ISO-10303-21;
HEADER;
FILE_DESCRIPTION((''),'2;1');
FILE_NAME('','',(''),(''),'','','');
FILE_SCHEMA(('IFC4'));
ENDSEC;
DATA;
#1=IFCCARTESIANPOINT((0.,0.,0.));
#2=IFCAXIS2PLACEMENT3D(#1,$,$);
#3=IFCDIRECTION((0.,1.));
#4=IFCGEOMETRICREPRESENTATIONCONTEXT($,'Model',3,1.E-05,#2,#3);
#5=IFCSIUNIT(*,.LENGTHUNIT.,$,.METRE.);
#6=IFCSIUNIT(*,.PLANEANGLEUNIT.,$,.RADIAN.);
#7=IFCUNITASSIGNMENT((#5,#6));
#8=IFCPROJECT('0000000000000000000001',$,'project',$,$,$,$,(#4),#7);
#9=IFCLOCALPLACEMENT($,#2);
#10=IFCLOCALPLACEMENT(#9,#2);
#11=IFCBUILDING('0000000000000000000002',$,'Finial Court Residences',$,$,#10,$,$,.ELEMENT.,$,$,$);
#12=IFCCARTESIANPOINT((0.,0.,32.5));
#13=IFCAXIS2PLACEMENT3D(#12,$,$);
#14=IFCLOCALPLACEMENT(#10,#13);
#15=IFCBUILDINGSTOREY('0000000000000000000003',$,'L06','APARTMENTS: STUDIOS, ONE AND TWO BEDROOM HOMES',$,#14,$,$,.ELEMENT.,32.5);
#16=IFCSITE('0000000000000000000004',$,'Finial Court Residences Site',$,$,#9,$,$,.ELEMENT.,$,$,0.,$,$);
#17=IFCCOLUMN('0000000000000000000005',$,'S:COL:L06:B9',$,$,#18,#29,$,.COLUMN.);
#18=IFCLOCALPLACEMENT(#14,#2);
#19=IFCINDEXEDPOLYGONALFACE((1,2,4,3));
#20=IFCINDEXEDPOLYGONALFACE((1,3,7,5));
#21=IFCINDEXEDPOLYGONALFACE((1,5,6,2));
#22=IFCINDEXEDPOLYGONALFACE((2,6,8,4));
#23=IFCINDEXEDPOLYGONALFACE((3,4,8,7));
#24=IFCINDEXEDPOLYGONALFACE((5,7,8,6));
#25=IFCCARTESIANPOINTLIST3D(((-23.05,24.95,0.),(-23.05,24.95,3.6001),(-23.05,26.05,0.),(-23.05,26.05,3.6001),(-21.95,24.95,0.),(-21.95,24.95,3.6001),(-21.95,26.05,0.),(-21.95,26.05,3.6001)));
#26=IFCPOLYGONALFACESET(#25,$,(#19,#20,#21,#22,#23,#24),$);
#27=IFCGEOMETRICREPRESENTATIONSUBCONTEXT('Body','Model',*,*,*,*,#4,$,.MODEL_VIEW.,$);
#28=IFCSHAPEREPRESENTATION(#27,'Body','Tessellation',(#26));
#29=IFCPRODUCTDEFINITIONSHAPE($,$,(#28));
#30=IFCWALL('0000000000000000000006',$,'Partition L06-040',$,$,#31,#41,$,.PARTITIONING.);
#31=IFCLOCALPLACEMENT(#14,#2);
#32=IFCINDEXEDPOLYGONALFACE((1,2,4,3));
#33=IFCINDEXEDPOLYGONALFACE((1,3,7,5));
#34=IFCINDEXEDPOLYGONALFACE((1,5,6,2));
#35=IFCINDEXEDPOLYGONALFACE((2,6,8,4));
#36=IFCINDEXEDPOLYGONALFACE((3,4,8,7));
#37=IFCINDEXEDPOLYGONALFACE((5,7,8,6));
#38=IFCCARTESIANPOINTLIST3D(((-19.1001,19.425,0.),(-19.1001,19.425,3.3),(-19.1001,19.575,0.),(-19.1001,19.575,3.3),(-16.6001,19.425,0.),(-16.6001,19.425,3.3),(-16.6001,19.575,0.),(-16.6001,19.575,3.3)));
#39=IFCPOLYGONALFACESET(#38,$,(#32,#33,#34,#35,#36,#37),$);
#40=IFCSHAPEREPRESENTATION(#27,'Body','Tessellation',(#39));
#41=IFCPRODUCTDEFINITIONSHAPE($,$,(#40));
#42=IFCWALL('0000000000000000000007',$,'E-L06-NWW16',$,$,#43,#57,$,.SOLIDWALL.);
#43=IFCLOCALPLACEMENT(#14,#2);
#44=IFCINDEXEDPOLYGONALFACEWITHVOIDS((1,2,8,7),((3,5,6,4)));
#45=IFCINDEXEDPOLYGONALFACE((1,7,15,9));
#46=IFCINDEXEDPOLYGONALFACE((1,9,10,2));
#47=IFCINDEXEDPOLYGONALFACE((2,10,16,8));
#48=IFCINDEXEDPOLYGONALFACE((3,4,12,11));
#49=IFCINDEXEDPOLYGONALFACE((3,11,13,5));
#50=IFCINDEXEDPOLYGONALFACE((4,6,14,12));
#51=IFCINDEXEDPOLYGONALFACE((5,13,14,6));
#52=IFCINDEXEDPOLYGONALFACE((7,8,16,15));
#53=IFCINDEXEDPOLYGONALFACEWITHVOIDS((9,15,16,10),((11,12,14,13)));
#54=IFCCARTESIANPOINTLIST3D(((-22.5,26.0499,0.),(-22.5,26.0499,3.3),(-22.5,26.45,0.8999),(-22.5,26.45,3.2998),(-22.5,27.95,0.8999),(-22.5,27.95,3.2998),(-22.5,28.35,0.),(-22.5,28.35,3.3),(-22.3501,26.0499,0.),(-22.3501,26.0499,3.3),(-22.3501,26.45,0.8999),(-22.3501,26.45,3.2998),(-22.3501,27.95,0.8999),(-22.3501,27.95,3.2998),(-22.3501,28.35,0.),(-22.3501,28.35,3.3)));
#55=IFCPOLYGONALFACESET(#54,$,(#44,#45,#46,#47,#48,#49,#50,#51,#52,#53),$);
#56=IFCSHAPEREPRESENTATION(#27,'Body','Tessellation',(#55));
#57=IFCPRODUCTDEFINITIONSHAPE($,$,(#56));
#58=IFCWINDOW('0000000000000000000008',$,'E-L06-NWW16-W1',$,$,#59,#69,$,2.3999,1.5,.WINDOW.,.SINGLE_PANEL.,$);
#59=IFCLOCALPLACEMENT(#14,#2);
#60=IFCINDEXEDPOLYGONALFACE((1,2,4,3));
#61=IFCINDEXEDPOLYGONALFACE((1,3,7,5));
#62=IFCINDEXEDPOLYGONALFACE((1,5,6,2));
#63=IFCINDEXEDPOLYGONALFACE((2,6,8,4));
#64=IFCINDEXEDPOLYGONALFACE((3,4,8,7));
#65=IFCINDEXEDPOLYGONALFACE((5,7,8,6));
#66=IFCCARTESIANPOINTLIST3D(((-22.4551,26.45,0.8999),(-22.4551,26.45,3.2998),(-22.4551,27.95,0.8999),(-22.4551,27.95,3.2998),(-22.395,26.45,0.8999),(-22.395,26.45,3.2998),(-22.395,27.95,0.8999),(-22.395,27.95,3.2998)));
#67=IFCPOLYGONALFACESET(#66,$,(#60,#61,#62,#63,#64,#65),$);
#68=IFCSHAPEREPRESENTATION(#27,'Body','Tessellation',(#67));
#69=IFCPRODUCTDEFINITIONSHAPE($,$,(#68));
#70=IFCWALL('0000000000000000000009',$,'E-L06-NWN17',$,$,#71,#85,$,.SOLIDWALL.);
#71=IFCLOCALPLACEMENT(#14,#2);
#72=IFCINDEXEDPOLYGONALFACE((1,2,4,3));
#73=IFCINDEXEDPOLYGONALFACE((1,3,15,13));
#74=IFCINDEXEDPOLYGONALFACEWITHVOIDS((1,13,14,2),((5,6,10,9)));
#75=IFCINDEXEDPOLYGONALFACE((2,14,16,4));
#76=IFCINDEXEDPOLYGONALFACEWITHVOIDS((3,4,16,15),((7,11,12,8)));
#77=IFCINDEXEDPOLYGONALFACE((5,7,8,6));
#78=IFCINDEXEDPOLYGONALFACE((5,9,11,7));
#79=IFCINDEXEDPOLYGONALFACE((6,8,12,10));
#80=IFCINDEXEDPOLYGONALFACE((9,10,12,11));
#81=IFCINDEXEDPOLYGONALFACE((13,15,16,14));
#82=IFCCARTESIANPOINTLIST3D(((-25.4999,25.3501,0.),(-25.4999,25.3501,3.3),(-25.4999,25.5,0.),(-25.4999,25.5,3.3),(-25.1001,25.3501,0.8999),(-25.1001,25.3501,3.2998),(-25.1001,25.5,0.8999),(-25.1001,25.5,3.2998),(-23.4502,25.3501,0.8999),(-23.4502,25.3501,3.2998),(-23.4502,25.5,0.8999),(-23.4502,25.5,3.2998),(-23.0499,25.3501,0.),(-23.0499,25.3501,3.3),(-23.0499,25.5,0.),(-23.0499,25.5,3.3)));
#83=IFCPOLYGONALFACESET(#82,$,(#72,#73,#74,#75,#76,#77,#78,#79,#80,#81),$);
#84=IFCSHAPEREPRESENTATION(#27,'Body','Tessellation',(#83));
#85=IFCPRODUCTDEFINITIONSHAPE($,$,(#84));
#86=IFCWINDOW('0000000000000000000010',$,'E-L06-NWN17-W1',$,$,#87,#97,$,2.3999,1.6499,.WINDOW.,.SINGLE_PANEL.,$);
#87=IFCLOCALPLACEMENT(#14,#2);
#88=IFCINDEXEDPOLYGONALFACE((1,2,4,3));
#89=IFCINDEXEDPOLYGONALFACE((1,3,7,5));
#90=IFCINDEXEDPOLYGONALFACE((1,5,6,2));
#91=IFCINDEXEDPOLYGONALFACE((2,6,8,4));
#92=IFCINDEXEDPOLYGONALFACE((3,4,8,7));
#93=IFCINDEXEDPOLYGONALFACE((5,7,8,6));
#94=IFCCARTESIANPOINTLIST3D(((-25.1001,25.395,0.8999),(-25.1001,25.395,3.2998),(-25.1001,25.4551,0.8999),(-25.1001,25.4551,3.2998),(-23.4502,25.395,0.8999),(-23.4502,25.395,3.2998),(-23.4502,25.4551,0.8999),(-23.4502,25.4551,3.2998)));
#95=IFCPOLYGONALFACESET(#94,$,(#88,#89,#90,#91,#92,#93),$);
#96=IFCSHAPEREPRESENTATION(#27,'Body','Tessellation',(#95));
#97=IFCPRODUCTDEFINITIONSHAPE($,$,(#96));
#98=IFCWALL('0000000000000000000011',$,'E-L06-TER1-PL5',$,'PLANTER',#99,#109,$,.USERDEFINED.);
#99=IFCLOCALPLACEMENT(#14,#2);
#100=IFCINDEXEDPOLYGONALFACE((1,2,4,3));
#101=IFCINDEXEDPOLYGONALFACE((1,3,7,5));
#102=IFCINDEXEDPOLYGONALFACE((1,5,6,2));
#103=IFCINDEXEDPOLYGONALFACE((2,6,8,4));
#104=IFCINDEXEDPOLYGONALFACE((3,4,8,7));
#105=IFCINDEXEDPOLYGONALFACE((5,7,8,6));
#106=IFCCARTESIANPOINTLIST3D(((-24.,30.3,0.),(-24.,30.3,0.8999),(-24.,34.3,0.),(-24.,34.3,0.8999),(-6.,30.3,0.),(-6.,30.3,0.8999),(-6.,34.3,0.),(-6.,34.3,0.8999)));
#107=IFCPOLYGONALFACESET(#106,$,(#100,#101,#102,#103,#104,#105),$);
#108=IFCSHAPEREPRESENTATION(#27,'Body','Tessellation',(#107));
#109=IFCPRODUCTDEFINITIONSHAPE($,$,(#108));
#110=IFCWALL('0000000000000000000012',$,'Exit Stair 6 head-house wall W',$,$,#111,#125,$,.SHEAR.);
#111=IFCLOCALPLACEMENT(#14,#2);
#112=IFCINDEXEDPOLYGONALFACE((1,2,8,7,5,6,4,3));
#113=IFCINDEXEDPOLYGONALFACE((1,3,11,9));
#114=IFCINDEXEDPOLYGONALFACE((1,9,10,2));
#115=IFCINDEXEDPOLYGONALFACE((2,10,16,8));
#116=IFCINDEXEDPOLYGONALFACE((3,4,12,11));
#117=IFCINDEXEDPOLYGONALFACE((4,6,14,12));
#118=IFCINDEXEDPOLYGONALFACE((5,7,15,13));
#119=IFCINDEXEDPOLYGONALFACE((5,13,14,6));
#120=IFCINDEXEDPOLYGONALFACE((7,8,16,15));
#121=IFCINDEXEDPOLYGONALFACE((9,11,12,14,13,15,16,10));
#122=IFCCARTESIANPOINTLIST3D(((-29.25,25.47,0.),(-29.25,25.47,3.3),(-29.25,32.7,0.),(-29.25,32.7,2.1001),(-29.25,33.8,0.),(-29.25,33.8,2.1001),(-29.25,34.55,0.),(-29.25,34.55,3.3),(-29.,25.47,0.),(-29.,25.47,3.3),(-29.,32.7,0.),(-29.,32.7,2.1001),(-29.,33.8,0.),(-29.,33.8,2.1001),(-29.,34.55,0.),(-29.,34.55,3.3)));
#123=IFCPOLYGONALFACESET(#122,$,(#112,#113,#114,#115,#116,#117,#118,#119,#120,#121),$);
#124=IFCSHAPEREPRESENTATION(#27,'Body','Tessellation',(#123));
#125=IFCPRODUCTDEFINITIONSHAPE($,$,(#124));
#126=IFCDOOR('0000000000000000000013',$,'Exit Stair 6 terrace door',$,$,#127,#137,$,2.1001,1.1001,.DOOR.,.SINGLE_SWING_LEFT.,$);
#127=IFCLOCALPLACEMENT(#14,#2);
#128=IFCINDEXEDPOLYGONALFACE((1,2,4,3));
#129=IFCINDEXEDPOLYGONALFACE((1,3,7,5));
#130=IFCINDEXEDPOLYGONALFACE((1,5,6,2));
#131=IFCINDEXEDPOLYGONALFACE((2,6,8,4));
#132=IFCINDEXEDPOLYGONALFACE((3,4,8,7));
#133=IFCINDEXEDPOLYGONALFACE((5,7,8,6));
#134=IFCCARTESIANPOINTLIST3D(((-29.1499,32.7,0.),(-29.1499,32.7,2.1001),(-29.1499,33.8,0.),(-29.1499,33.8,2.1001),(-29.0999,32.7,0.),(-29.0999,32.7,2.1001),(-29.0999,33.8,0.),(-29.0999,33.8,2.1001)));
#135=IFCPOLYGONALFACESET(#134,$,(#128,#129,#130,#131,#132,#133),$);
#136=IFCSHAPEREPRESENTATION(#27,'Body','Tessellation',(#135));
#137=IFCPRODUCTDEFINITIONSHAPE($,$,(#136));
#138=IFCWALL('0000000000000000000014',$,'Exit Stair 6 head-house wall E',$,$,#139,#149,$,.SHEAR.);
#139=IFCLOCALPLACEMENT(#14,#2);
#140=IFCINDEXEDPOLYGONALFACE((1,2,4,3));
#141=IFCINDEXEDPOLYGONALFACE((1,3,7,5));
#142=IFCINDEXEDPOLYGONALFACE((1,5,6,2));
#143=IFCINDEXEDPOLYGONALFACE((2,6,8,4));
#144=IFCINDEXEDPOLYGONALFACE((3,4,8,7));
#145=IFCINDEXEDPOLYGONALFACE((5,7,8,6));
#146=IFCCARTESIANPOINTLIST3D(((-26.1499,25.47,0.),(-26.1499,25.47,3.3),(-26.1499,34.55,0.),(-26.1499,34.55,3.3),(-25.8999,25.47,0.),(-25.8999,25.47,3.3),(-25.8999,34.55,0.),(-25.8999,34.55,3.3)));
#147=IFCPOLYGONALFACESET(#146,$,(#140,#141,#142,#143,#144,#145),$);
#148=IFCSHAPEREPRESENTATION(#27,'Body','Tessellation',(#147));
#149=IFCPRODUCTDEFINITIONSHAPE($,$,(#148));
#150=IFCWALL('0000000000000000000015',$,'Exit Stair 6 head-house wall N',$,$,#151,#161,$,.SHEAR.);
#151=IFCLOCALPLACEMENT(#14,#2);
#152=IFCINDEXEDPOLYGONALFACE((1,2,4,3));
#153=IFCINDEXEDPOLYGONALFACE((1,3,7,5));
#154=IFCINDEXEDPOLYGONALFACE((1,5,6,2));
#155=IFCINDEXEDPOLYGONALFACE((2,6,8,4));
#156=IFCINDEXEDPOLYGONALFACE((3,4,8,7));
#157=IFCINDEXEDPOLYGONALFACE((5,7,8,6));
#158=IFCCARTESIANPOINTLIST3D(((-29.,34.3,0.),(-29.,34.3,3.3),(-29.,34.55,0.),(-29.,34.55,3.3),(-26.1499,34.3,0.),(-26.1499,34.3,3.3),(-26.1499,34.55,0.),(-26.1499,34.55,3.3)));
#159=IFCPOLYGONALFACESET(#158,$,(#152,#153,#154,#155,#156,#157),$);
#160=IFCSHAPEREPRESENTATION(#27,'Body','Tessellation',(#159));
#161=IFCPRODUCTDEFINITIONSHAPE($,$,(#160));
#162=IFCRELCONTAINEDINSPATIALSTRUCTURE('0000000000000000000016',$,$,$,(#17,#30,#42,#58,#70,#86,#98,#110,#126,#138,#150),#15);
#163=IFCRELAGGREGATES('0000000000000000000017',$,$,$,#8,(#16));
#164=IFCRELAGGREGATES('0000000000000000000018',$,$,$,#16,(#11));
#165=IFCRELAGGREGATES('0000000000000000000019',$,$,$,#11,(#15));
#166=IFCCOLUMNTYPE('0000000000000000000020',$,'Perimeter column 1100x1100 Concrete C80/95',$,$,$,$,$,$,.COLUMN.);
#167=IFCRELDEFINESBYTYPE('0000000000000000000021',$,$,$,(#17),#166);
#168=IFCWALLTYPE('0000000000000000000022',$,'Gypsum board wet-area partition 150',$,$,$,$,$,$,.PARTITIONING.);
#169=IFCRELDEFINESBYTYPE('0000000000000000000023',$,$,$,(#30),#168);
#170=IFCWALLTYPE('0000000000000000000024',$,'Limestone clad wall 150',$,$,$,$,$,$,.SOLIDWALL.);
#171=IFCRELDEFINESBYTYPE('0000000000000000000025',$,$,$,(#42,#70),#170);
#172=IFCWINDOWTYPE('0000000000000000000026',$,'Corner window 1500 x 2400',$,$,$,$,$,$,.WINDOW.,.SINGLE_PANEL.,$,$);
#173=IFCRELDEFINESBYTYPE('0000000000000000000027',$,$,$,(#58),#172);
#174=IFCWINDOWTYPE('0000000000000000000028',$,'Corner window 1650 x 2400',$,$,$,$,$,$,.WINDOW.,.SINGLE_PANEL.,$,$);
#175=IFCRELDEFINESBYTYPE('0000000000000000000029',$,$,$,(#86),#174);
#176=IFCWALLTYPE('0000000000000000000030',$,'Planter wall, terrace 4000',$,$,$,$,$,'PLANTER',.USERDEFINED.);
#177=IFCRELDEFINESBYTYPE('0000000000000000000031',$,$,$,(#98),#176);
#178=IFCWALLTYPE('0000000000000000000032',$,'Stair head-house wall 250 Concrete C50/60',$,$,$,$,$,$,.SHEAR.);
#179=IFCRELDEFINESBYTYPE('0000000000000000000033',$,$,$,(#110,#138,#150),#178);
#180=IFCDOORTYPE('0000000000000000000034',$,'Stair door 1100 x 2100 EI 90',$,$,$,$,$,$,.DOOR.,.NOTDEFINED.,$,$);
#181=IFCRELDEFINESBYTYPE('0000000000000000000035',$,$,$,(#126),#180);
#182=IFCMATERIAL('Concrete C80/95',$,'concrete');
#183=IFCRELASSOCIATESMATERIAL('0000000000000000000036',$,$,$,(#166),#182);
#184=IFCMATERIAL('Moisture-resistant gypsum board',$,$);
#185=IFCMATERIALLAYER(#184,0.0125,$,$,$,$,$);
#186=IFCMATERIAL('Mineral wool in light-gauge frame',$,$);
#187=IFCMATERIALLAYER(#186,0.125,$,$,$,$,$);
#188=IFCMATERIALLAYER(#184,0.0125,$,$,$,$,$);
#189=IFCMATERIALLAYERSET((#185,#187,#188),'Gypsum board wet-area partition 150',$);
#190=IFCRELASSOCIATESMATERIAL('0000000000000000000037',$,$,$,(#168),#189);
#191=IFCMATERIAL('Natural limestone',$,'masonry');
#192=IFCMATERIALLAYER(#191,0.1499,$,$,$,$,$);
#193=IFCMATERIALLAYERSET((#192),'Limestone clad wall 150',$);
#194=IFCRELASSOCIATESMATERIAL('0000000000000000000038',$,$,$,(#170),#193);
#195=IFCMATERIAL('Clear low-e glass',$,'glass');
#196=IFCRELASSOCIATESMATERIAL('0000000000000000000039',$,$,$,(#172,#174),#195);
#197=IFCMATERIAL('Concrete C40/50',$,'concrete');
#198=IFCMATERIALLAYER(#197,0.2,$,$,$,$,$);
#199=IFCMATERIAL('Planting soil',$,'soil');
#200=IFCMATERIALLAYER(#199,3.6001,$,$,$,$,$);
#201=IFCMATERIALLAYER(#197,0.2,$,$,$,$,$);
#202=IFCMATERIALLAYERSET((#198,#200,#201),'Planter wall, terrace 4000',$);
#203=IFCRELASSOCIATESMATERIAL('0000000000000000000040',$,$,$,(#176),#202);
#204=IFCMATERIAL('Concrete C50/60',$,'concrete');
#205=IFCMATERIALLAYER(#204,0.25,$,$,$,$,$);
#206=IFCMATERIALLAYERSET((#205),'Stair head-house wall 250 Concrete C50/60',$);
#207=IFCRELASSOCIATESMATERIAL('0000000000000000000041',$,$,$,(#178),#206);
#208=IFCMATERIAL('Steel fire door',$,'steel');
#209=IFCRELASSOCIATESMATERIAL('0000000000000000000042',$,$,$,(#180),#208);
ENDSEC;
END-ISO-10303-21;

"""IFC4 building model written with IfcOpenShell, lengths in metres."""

from ifc_helpers import new_model, si_unit, direction, frame, frame_2d, origin, origin_2d, place, context, subcontext, project, spatial, rectangle, extrude, material, layer, layer_set, material_profile, profile_set, type_object, element, fill, save


model = new_model("IFC4")

# Units and contexts
model_context = context("Model", 3, precision=1e-05, world=origin(), true_north=direction((0.0, 1.0)))
body_context = subcontext(model_context, "Body", "Model", "MODEL_VIEW")
ifc_project = project(units=[si_unit("LENGTHUNIT", "METRE"), si_unit("PLANEANGLEUNIT", "RADIAN")], contexts=[model_context])

# Site, building, storey
site_placement = place(None, origin())
site = spatial("IfcSite", under=ifc_project, at=site_placement, Name="Finial Court Residences Site", CompositionType="ELEMENT", RefElevation=0.0)
building_placement = place(site_placement, origin())
building = spatial("IfcBuilding", under=site, at=building_placement, Name="Finial Court Residences", CompositionType="ELEMENT")
storey_placement = place(building_placement, frame((0.0, 0.0, 32.5)))
storey = spatial("IfcBuildingStorey", under=building, at=storey_placement, Name="L06", Description="APARTMENTS: STUDIOS, ONE AND TWO BEDROOM HOMES", CompositionType="ELEMENT", Elevation=32.5)

# Column
ifc_material_1 = material(Name="Concrete C80/95", Category="concrete")
ifc_material_profile = material_profile(ifc_material_1, rectangle(XDim=1.1001, YDim=1.1001, at=origin_2d()), Name="1100x1100")
ifc_profile_set = profile_set([ifc_material_profile], Name="Concrete C80/95")
column_type = type_object("IfcColumnType", Name="Perimeter column 1100x1100 Concrete C80/95", PredefinedType="COLUMN", material=ifc_profile_set)
column_placement = place(storey_placement, frame((-22.5, 25.5, 0.0), z_axis=(0.0, 0.0, 1.0), x_axis=(1.0, 0.0, 0.0)))
element("IfcColumn", 1, at=column_placement, inside=storey, type_object=column_type, Name="S:COL:L06:B9", PredefinedType="COLUMN", context=body_context, shape_type="SweptSolid", body=[
    extrude(rectangle(XDim=1.1001, YDim=1.1001, at=origin_2d()), origin(), (0.0, 0.0, 1.0), 3.6001),
])

# Wall
ifc_material_2 = material(Name="Moisture-resistant gypsum board")
ifc_layer_1 = layer(ifc_material_2, 0.0125)
ifc_material_3 = material(Name="Mineral wool in light-gauge frame")
ifc_layer_2 = layer(ifc_material_3, 0.125)
ifc_layer_3 = layer(ifc_material_2, 0.0125)
ifc_layer_set_1 = layer_set([ifc_layer_1, ifc_layer_2, ifc_layer_3], Name="Gypsum board wet-area partition 150")
wall_type_1 = type_object("IfcWallType", Name="Gypsum board wet-area partition 150", PredefinedType="PARTITIONING", material=ifc_layer_set_1)
wall_1_placement = place(storey_placement, frame((-19.1001, 19.5, 0.0), z_axis=(0.0, 0.0, 1.0), x_axis=(1.0, 0.0, 0.0)))
element("IfcWall", 2, at=wall_1_placement, inside=storey, type_object=wall_type_1, Name="Partition L06-040", PredefinedType="PARTITIONING", context=body_context, shape_type="SweptSolid", body=[
    extrude(rectangle(XDim=2.5, YDim=0.1499, at=frame_2d((1.25, 0.0))), origin(), (0.0, 0.0, 1.0), 3.3),
])

# Walls, openings, windows
ifc_material_4 = material(Name="Natural limestone", Category="masonry")
ifc_layer_4 = layer(ifc_material_4, 0.1499)
ifc_layer_set_2 = layer_set([ifc_layer_4], Name="Limestone clad wall 150")
wall_type_2 = type_object("IfcWallType", Name="Limestone clad wall 150", PredefinedType="SOLIDWALL", material=ifc_layer_set_2)
wall_2_placement = place(storey_placement, frame((-22.425, 26.05, 0.0), z_axis=(0.0, 0.0, 1.0), x_axis=(0.0, 1.0, 0.0)))
wall_2 = element("IfcWall", 3, at=wall_2_placement, inside=storey, type_object=wall_type_2, Name="E-L06-NWW16", PredefinedType="SOLIDWALL", context=body_context, shape_type="SweptSolid", body=[
    extrude(rectangle(XDim=2.3, YDim=0.1499, at=frame_2d((1.1499, 0.0))), origin(), (0.0, 0.0, 1.0), 3.3),
])
opening_1_placement = place(wall_2_placement, frame((0.3999, 0.0, 0.8999)))
opening_1 = element("IfcOpeningElement", 4, at=opening_1_placement, cuts=wall_2, PredefinedType="OPENING", context=body_context, shape_type="SweptSolid", body=[
    extrude(rectangle(XDim=1.5, YDim=2.3999, at=frame_2d((0.75, 1.2))), frame((0.0, 0.085, 0.0), z_axis=(0.0, -1.0, 0.0), x_axis=(1.0, 0.0, 0.0)), (0.0, 0.0, 1.0), 0.1699),
])
ifc_material_5 = material(Name="Clear low-e glass", Category="glass")
window_type_1 = type_object("IfcWindowType", Name="Corner window 1500 x 2400", PartitioningType="SINGLE_PANEL", PredefinedType="WINDOW", material=ifc_material_5)
window_1_placement = place(opening_1_placement, origin())
window_1 = element("IfcWindow", 5, at=window_1_placement, inside=storey, type_object=window_type_1, Name="E-L06-NWW16-W1", OverallHeight=2.3999, OverallWidth=1.5, PartitioningType="SINGLE_PANEL", PredefinedType="WINDOW", context=body_context, shape_type="SweptSolid", body=[
    extrude(rectangle(XDim=1.5, YDim=2.3999, at=frame_2d((0.75, 1.2))), frame((0.0, 0.03, 0.0), z_axis=(0.0, -1.0, 0.0), x_axis=(1.0, 0.0, 0.0)), (0.0, 0.0, 1.0), 0.0601),
])
fill(opening_1, window_1)
wall_3_placement = place(storey_placement, frame((-25.5, 25.425, 0.0), z_axis=(0.0, 0.0, 1.0), x_axis=(1.0, 0.0, 0.0)))
wall_3 = element("IfcWall", 6, at=wall_3_placement, inside=storey, type_object=wall_type_2, Name="E-L06-NWN17", PredefinedType="SOLIDWALL", context=body_context, shape_type="SweptSolid", body=[
    extrude(rectangle(XDim=2.45, YDim=0.1499, at=frame_2d((1.2251, 0.0))), origin(), (0.0, 0.0, 1.0), 3.3),
])
opening_2_placement = place(wall_3_placement, frame((0.3999, 0.0, 0.8999)))
opening_2 = element("IfcOpeningElement", 7, at=opening_2_placement, cuts=wall_3, PredefinedType="OPENING", context=body_context, shape_type="SweptSolid", body=[
    extrude(rectangle(XDim=1.6499, YDim=2.3999, at=frame_2d((0.825, 1.2))), frame((0.0, 0.085, 0.0), z_axis=(0.0, -1.0, 0.0), x_axis=(1.0, 0.0, 0.0)), (0.0, 0.0, 1.0), 0.1699),
])
window_type_2 = type_object("IfcWindowType", Name="Corner window 1650 x 2400", PartitioningType="SINGLE_PANEL", PredefinedType="WINDOW", material=ifc_material_5)
window_2_placement = place(opening_2_placement, origin())
window_2 = element("IfcWindow", 8, at=window_2_placement, inside=storey, type_object=window_type_2, Name="E-L06-NWN17-W1", OverallHeight=2.3999, OverallWidth=1.6499, PartitioningType="SINGLE_PANEL", PredefinedType="WINDOW", context=body_context, shape_type="SweptSolid", body=[
    extrude(rectangle(XDim=1.6499, YDim=2.3999, at=frame_2d((0.825, 1.2))), frame((0.0, 0.03, 0.0), z_axis=(0.0, -1.0, 0.0), x_axis=(1.0, 0.0, 0.0)), (0.0, 0.0, 1.0), 0.0601),
])
fill(opening_2, window_2)

# Wall
ifc_material_6 = material(Name="Concrete C40/50", Category="concrete")
ifc_layer_5 = layer(ifc_material_6, 0.2)
ifc_material_7 = material(Name="Planting soil", Category="soil")
ifc_layer_6 = layer(ifc_material_7, 3.6001)
ifc_layer_7 = layer(ifc_material_6, 0.2)
ifc_layer_set_3 = layer_set([ifc_layer_5, ifc_layer_6, ifc_layer_7], Name="Planter wall, terrace 4000")
wall_type_3 = type_object("IfcWallType", Name="Planter wall, terrace 4000", ElementType="PLANTER", PredefinedType="USERDEFINED", material=ifc_layer_set_3)
wall_4_placement = place(storey_placement, frame((-24.0, 32.3, 0.0), z_axis=(0.0, 0.0, 1.0), x_axis=(1.0, 0.0, 0.0)))
element("IfcWall", 9, at=wall_4_placement, inside=storey, type_object=wall_type_3, Name="E-L06-TER1-PL5", ObjectType="PLANTER", PredefinedType="USERDEFINED", context=body_context, shape_type="SweptSolid", body=[
    extrude(rectangle(XDim=18.0, YDim=4.0, at=frame_2d((9.0, 0.0))), origin(), (0.0, 0.0, 1.0), 0.8999),
])

# Wall, opening, door
ifc_material_8 = material(Name="Concrete C50/60", Category="concrete")
ifc_layer_8 = layer(ifc_material_8, 0.25)
ifc_layer_set_4 = layer_set([ifc_layer_8], Name="Stair head-house wall 250 Concrete C50/60")
wall_type_4 = type_object("IfcWallType", Name="Stair head-house wall 250 Concrete C50/60", PredefinedType="SHEAR", material=ifc_layer_set_4)
wall_5_placement = place(storey_placement, frame((-29.125, 25.47, 0.0), z_axis=(0.0, 0.0, 1.0), x_axis=(0.0, 1.0, 0.0)))
wall_5 = element("IfcWall", 10, at=wall_5_placement, inside=storey, type_object=wall_type_4, Name="Exit Stair 6 head-house wall W", PredefinedType="SHEAR", context=body_context, shape_type="SweptSolid", body=[
    extrude(rectangle(XDim=9.0801, YDim=0.25, at=frame_2d((4.54, 0.0))), origin(), (0.0, 0.0, 1.0), 3.3),
])
opening_3_placement = place(wall_5_placement, frame((7.23, 0.0, 0.0)))
opening_3 = element("IfcOpeningElement", 11, at=opening_3_placement, cuts=wall_5, PredefinedType="OPENING", context=body_context, shape_type="SweptSolid", body=[
    extrude(rectangle(XDim=1.1001, YDim=2.1001, at=frame_2d((0.55, 1.05))), frame((0.0, 0.135, 0.0), z_axis=(0.0, -1.0, 0.0), x_axis=(1.0, 0.0, 0.0)), (0.0, 0.0, 1.0), 0.27),
])
ifc_material_9 = material(Name="Steel fire door", Category="steel")
door_type_1 = type_object("IfcDoorType", Name="Stair door 1100 x 2100 EI 90", OperationType="NOTDEFINED", PredefinedType="DOOR", material=ifc_material_9)
door_1_placement = place(opening_3_placement, origin())
door_1 = element("IfcDoor", 12, at=door_1_placement, inside=storey, type_object=door_type_1, Name="Exit Stair 6 terrace door", OperationType="SINGLE_SWING_LEFT", OverallHeight=2.1001, OverallWidth=1.1001, PredefinedType="DOOR", context=body_context, shape_type="SweptSolid", body=[
    extrude(rectangle(XDim=1.1001, YDim=2.1001, at=frame_2d((0.55, 1.05))), frame((0.0, 0.0249, 0.0), z_axis=(0.0, -1.0, 0.0), x_axis=(1.0, 0.0, 0.0)), (0.0, 0.0, 1.0), 0.05),
])
fill(opening_3, door_1)

# Walls
wall_6_placement = place(storey_placement, frame((-26.0249, 25.47, 0.0), z_axis=(0.0, 0.0, 1.0), x_axis=(0.0, 1.0, 0.0)))
element("IfcWall", 13, at=wall_6_placement, inside=storey, type_object=wall_type_4, Name="Exit Stair 6 head-house wall E", PredefinedType="SHEAR", context=body_context, shape_type="SweptSolid", body=[
    extrude(rectangle(XDim=9.0801, YDim=0.25, at=frame_2d((4.54, 0.0))), origin(), (0.0, 0.0, 1.0), 3.3),
])
for number, where, z_axis, x_axis, name in (
    (14, (-29.0, 34.425, 0.0), (0.0, 0.0, 1.0), (1.0, 0.0, 0.0), "Exit Stair 6 head-house wall N"),
):
    element("IfcWall", number, at=place(storey_placement, frame(where, z_axis=z_axis, x_axis=x_axis)), inside=storey, type_object=wall_type_4, Name=name, PredefinedType="SHEAR", context=body_context, shape_type="SweptSolid", body=[
        extrude(rectangle(XDim=2.8501, YDim=0.25, at=frame_2d((1.425, 0.0))), origin(), (0.0, 0.0, 1.0), 3.3),
    ])

save(model, "model.ifc")
